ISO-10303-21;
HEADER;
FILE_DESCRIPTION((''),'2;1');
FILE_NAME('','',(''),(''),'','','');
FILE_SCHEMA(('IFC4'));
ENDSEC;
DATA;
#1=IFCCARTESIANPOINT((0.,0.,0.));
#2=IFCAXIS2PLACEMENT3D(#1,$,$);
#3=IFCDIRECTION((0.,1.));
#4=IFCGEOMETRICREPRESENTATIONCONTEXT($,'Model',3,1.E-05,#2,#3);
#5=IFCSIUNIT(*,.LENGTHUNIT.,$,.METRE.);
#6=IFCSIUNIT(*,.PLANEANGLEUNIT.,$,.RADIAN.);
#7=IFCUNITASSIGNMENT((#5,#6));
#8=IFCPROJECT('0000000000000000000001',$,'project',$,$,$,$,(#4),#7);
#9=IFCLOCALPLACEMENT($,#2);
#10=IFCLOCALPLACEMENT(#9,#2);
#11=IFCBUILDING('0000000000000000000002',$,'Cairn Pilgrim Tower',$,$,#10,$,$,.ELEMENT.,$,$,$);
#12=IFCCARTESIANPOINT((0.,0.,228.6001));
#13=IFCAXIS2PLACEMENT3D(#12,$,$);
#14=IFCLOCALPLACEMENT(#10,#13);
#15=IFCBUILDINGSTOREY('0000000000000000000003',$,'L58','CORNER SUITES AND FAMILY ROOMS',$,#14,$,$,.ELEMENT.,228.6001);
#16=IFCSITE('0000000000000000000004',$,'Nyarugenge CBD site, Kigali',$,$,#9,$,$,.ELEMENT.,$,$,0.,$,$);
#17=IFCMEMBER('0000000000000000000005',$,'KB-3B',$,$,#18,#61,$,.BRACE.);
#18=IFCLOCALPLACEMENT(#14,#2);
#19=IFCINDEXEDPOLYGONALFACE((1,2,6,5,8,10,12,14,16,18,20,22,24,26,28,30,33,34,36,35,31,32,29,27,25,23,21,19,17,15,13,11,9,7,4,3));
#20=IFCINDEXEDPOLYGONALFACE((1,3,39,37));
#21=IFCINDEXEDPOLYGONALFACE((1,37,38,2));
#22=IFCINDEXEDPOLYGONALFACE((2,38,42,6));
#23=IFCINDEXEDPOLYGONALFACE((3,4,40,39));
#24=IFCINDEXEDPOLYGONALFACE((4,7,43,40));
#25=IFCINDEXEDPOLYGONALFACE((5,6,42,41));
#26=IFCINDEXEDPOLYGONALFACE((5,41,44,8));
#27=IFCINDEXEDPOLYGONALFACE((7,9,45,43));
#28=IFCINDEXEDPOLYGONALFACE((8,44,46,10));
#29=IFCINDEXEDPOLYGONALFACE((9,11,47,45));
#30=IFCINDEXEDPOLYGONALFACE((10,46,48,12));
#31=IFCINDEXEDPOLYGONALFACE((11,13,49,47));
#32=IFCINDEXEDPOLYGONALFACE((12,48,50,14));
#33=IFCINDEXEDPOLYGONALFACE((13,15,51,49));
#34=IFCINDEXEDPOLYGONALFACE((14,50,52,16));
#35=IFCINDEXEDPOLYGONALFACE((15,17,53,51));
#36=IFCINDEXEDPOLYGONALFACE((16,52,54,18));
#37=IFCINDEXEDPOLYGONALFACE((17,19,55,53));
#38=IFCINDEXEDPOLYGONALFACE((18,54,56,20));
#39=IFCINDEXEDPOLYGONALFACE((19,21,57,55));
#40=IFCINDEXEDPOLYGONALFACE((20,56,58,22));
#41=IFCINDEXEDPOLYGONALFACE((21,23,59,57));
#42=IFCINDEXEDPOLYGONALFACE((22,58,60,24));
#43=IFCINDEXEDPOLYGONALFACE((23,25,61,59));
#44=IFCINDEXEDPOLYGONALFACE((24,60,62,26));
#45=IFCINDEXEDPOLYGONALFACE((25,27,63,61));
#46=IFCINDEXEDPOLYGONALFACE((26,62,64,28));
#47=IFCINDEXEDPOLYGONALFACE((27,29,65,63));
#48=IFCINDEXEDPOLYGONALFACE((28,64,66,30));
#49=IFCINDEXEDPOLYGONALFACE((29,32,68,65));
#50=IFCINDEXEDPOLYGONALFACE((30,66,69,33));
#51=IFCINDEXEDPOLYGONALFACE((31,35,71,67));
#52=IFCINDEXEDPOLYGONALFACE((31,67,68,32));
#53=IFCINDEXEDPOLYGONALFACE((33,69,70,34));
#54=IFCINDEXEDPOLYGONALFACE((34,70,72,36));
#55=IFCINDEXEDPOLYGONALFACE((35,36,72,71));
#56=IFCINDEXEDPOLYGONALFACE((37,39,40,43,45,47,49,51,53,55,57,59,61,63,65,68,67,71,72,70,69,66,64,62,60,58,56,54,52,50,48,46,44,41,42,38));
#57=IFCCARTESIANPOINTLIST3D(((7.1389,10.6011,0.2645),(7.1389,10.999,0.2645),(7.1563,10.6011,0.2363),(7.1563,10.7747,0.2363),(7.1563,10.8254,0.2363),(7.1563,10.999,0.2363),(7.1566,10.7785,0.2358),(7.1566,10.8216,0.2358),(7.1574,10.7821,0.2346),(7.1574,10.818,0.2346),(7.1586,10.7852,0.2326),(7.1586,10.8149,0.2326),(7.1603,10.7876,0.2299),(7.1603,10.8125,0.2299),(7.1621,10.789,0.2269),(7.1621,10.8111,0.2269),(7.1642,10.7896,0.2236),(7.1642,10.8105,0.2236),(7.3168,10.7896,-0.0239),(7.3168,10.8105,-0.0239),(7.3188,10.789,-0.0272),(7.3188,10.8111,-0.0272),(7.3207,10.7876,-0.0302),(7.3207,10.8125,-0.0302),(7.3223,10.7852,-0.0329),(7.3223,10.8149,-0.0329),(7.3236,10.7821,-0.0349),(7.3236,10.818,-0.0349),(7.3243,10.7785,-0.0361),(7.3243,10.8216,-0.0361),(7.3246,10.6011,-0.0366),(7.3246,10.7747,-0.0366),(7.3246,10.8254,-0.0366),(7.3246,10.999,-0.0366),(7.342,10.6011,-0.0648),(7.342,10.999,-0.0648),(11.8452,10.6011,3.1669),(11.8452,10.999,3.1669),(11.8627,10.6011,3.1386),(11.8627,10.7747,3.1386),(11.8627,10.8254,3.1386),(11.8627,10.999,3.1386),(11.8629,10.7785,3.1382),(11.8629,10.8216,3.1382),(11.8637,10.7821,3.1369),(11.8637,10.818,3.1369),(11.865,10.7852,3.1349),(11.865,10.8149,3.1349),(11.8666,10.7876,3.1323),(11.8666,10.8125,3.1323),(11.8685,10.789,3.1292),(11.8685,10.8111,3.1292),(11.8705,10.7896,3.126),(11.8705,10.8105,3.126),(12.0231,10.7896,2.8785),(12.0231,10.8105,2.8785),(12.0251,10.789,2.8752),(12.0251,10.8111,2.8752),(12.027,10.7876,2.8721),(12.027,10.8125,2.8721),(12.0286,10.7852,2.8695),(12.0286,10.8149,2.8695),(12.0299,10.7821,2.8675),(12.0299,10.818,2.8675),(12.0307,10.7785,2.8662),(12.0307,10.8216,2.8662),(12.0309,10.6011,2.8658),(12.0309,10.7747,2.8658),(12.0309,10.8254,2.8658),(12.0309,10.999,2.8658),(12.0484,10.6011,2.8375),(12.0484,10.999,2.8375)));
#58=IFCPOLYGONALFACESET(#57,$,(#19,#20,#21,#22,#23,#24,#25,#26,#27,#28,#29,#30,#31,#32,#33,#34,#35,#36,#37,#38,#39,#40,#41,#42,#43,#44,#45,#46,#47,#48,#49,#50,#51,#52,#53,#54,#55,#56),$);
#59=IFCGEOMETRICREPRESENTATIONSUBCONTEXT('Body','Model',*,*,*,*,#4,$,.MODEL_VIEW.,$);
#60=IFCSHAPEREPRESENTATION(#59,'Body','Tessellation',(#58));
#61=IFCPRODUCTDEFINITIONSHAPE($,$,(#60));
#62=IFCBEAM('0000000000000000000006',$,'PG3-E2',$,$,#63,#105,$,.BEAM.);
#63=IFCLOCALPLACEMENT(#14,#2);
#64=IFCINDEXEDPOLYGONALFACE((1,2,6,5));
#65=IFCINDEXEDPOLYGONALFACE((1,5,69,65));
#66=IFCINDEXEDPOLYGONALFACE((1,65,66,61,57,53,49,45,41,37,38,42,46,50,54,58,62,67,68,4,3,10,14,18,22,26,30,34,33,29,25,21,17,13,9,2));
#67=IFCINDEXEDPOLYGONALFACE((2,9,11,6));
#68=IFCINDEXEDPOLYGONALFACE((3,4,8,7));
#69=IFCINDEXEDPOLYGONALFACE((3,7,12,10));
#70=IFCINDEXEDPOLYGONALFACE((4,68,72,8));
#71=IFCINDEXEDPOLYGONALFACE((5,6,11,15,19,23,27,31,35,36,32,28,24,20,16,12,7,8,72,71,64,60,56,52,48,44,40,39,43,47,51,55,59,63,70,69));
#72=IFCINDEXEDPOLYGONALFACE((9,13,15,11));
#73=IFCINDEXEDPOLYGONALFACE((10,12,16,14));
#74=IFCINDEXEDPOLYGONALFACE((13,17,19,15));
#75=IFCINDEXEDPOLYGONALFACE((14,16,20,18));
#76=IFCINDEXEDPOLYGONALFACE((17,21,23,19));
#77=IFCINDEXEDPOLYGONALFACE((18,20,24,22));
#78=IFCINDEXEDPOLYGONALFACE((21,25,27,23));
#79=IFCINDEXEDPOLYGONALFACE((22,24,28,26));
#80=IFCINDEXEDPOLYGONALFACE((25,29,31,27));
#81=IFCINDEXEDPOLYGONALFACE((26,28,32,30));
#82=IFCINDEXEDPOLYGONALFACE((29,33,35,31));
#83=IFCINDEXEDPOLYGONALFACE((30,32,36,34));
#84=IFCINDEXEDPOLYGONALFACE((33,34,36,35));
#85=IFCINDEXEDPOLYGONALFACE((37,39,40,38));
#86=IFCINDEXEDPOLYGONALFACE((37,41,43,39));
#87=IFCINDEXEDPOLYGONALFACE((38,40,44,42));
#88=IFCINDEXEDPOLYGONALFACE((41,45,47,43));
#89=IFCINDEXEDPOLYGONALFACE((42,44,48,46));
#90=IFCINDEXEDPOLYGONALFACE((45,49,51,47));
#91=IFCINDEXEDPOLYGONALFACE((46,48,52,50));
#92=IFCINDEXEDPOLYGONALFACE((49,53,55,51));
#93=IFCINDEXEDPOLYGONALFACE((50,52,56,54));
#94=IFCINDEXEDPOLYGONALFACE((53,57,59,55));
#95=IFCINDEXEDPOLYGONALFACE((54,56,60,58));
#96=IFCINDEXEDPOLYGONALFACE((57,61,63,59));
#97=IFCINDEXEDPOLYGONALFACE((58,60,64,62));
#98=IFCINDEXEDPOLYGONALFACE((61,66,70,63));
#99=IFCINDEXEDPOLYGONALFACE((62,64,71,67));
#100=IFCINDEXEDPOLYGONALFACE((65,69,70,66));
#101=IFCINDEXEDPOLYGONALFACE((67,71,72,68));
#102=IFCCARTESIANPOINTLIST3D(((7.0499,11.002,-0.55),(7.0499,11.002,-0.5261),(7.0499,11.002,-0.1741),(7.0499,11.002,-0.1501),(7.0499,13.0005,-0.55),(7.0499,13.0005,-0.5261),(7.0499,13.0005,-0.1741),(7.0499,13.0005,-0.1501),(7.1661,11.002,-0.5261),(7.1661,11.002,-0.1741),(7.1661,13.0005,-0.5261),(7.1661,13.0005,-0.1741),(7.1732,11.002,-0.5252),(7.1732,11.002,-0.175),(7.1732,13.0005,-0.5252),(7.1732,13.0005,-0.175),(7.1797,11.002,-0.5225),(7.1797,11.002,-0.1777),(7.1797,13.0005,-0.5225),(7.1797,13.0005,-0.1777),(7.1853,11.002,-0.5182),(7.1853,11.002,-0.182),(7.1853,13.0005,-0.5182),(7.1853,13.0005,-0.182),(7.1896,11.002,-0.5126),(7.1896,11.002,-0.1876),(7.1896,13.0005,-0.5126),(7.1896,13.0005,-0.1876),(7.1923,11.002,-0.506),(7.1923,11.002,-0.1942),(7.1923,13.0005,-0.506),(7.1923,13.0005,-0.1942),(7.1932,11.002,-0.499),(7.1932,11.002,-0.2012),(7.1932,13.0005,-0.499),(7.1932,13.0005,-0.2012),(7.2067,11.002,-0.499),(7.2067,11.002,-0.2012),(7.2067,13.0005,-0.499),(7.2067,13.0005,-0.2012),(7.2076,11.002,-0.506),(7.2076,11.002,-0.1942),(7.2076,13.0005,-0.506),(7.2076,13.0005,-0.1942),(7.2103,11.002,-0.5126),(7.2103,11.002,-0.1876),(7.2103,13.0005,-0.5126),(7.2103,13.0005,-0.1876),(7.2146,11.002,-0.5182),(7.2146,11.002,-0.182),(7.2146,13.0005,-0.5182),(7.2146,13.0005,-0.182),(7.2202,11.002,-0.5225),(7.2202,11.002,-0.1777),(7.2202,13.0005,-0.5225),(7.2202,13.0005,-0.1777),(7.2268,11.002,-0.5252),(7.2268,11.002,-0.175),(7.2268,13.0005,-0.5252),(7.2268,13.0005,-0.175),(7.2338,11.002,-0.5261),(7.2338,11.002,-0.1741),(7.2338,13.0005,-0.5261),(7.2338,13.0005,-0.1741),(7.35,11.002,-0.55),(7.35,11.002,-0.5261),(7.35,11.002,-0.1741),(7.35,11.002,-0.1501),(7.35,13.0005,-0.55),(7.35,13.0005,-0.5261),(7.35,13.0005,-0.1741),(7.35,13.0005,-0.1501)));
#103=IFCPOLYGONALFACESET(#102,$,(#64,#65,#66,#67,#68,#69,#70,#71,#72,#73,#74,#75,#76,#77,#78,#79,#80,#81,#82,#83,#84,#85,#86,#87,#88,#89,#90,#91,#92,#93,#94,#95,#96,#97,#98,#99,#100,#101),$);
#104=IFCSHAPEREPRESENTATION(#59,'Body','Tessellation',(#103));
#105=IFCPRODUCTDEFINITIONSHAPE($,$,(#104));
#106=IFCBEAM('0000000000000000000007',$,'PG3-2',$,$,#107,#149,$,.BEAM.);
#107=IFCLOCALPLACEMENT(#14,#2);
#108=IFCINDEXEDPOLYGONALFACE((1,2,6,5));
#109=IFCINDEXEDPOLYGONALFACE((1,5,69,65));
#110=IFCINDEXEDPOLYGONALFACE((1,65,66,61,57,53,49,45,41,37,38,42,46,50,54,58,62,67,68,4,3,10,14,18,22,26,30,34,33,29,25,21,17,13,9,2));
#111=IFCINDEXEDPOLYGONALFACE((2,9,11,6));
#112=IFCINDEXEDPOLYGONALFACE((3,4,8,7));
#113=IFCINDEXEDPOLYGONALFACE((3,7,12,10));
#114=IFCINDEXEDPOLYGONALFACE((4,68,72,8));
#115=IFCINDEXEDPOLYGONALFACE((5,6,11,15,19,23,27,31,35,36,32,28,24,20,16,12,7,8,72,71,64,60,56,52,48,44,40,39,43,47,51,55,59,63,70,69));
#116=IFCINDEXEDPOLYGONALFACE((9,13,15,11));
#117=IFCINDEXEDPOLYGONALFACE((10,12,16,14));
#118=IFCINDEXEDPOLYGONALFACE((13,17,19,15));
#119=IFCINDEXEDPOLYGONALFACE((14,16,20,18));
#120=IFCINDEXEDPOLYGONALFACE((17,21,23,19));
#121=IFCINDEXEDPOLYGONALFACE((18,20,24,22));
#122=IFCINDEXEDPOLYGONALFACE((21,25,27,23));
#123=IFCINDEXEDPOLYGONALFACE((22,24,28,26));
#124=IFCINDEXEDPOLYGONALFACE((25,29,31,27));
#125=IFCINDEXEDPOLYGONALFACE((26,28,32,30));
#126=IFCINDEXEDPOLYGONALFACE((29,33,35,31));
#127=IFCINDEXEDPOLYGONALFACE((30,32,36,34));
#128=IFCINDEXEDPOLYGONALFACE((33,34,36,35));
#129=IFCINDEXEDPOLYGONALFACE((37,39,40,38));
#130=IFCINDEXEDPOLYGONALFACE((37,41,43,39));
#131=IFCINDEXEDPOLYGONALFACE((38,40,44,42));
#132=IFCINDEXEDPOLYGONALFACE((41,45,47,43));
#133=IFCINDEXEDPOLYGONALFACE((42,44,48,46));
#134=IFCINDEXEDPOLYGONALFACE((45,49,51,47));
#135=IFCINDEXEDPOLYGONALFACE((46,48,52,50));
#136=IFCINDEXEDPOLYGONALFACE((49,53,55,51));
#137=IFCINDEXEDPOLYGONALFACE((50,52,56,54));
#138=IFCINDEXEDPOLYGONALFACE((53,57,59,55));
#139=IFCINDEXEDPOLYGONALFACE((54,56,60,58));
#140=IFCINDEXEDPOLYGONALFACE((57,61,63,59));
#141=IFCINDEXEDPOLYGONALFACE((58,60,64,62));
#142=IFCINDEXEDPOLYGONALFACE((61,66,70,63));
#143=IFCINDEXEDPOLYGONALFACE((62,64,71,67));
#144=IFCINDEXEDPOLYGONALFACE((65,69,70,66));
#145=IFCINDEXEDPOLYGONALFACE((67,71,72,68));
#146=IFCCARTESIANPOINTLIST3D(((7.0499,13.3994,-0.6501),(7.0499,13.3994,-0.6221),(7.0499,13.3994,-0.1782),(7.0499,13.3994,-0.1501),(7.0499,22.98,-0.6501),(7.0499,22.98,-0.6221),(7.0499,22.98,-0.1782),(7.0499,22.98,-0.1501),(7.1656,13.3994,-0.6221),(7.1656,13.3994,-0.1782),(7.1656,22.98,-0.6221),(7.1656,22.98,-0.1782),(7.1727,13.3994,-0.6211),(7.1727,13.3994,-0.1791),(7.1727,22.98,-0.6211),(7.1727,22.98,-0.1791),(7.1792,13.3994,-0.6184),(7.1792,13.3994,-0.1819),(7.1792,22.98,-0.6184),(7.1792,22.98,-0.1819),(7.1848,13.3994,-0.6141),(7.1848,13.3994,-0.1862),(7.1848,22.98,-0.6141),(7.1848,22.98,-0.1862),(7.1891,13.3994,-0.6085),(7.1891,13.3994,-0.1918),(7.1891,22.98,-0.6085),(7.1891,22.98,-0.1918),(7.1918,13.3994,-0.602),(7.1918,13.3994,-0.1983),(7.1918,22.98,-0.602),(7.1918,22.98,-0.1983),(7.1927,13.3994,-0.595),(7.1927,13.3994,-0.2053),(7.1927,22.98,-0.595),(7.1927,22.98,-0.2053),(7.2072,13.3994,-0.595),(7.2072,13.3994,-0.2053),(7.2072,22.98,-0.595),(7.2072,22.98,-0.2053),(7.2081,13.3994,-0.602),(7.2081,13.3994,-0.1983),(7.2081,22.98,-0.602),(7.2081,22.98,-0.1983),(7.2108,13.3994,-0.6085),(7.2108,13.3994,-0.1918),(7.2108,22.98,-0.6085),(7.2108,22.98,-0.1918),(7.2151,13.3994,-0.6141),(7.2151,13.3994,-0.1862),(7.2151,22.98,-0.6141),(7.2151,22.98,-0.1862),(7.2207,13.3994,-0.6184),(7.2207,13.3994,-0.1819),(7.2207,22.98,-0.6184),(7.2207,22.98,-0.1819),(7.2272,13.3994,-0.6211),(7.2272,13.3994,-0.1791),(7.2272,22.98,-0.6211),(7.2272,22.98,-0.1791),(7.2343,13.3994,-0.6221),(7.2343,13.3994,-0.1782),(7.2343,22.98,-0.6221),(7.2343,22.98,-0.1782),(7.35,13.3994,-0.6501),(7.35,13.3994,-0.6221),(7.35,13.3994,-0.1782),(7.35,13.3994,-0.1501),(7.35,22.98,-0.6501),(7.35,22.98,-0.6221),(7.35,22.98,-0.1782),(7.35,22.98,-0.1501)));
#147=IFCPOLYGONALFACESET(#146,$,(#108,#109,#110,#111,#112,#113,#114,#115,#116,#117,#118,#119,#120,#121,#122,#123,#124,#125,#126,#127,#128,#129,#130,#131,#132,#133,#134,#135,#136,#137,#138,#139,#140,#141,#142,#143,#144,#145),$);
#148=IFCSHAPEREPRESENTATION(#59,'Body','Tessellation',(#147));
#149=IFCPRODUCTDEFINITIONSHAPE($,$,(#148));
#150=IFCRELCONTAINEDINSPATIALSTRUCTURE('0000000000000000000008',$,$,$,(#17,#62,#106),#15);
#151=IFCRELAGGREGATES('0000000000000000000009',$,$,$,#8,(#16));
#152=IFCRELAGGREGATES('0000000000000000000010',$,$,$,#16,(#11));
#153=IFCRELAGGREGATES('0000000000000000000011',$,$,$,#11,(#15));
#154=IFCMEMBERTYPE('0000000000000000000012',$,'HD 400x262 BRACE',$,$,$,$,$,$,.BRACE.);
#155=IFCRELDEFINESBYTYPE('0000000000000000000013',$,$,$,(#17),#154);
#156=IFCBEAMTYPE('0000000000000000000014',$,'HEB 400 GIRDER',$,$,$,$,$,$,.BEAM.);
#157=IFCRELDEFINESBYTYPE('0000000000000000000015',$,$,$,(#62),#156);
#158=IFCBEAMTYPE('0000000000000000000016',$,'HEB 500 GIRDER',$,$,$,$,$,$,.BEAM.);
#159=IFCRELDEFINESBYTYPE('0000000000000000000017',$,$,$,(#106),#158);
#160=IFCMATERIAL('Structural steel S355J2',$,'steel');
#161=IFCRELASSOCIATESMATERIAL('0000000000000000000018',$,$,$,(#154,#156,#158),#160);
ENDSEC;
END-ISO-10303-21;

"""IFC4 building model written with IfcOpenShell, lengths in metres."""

from ifc_helpers import new_model, si_unit, direction, frame, origin, origin_2d, place, context, subcontext, project, spatial, i_section, extrude, material, material_profile, profile_set, type_object, element, save


model = new_model("IFC4")

# Units and contexts
model_context = context("Model", 3, precision=1e-05, world=origin(), true_north=direction((0.0, 1.0)))
body_context = subcontext(model_context, "Body", "Model", "MODEL_VIEW")
ifc_project = project(units=[si_unit("LENGTHUNIT", "METRE"), si_unit("PLANEANGLEUNIT", "RADIAN")], contexts=[model_context])

# Site, building, storey
site_placement = place(None, origin())
site = spatial("IfcSite", under=ifc_project, at=site_placement, Name="Nyarugenge CBD site, Kigali", CompositionType="ELEMENT", RefElevation=0.0)
building_placement = place(site_placement, origin())
building = spatial("IfcBuilding", under=site, at=building_placement, Name="Cairn Pilgrim Tower", CompositionType="ELEMENT")
storey_placement = place(building_placement, frame((0.0, 0.0, 228.6001)))
storey = spatial("IfcBuildingStorey", under=building, at=storey_placement, Name="L58", Description="CORNER SUITES AND FAMILY ROOMS", CompositionType="ELEMENT", Elevation=228.6001)

# Shared definitions
ifc_material_1 = material(Name="Structural steel S355J2", Category="steel")

# Member
ifc_material_profile_1 = material_profile(ifc_material_1, i_section(OverallWidth=0.3979, OverallDepth=0.387, WebThickness=0.021, FlangeThickness=0.0332, FilletRadius=0.0149, at=origin_2d()), Name="HD 400x262")
ifc_profile_set_1 = profile_set([ifc_material_profile_1], Name="Structural steel S355J2")
member_type_1 = type_object("IfcMemberType", Name="HD 400x262 BRACE", PredefinedType="BRACE", material=ifc_profile_set_1)
member_1_placement = place(storey_placement, frame((7.2405, 10.8, 0.0999), z_axis=(0.851161, 0.0, 0.524905), x_axis=(0.0, 1.0, 0.0)))
element("IfcMember", 1, at=member_1_placement, inside=storey, type_object=member_type_1, Name="KB-3B", PredefinedType="BRACE", context=body_context, shape_type="SweptSolid", body=[
    extrude(i_section(OverallWidth=0.3979, OverallDepth=0.387, WebThickness=0.021, FlangeThickness=0.0332, FilletRadius=0.0149, at=origin_2d()), origin(), (0.0, 0.0, 1.0), 5.5293),
])

# Beams
ifc_material_profile_2 = material_profile(ifc_material_1, i_section(OverallWidth=0.3, OverallDepth=0.3999, WebThickness=0.0134, FlangeThickness=0.0239, FilletRadius=0.0271, at=origin_2d()), Name="HEB 400")
ifc_profile_set_2 = profile_set([ifc_material_profile_2], Name="Structural steel S355J2")
beam_type_1 = type_object("IfcBeamType", Name="HEB 400 GIRDER", PredefinedType="BEAM", material=ifc_profile_set_2)
beam_1_placement = place(storey_placement, frame((7.2, 11.002, -0.3501), z_axis=(0.0, 1.0, 0.0), x_axis=(-1.0, 0.0, 0.0)))
element("IfcBeam", 2, at=beam_1_placement, inside=storey, type_object=beam_type_1, Name="PG3-E2", PredefinedType="BEAM", context=body_context, shape_type="SweptSolid", body=[
    extrude(i_section(OverallWidth=0.3, OverallDepth=0.3999, WebThickness=0.0134, FlangeThickness=0.0239, FilletRadius=0.0271, at=origin_2d()), origin(), (0.0, 0.0, 1.0), 1.9985),
])
ifc_material_profile_3 = material_profile(ifc_material_1, i_section(OverallWidth=0.3, OverallDepth=0.5, WebThickness=0.0144, FlangeThickness=0.0281, FilletRadius=0.0271, at=origin_2d()), Name="HEB 500")
ifc_profile_set_3 = profile_set([ifc_material_profile_3], Name="Structural steel S355J2")
beam_type_2 = type_object("IfcBeamType", Name="HEB 500 GIRDER", PredefinedType="BEAM", material=ifc_profile_set_3)
beam_2_placement = place(storey_placement, frame((7.2, 13.3994, -0.4001), z_axis=(0.0, 1.0, 0.0), x_axis=(-1.0, 0.0, 0.0)))
element("IfcBeam", 3, at=beam_2_placement, inside=storey, type_object=beam_type_2, Name="PG3-2", PredefinedType="BEAM", context=body_context, shape_type="SweptSolid", body=[
    extrude(i_section(OverallWidth=0.3, OverallDepth=0.5, WebThickness=0.0144, FlangeThickness=0.0281, FilletRadius=0.0271, at=origin_2d()), origin(), (0.0, 0.0, 1.0), 9.5806),
])

save(model, "model.ifc")
